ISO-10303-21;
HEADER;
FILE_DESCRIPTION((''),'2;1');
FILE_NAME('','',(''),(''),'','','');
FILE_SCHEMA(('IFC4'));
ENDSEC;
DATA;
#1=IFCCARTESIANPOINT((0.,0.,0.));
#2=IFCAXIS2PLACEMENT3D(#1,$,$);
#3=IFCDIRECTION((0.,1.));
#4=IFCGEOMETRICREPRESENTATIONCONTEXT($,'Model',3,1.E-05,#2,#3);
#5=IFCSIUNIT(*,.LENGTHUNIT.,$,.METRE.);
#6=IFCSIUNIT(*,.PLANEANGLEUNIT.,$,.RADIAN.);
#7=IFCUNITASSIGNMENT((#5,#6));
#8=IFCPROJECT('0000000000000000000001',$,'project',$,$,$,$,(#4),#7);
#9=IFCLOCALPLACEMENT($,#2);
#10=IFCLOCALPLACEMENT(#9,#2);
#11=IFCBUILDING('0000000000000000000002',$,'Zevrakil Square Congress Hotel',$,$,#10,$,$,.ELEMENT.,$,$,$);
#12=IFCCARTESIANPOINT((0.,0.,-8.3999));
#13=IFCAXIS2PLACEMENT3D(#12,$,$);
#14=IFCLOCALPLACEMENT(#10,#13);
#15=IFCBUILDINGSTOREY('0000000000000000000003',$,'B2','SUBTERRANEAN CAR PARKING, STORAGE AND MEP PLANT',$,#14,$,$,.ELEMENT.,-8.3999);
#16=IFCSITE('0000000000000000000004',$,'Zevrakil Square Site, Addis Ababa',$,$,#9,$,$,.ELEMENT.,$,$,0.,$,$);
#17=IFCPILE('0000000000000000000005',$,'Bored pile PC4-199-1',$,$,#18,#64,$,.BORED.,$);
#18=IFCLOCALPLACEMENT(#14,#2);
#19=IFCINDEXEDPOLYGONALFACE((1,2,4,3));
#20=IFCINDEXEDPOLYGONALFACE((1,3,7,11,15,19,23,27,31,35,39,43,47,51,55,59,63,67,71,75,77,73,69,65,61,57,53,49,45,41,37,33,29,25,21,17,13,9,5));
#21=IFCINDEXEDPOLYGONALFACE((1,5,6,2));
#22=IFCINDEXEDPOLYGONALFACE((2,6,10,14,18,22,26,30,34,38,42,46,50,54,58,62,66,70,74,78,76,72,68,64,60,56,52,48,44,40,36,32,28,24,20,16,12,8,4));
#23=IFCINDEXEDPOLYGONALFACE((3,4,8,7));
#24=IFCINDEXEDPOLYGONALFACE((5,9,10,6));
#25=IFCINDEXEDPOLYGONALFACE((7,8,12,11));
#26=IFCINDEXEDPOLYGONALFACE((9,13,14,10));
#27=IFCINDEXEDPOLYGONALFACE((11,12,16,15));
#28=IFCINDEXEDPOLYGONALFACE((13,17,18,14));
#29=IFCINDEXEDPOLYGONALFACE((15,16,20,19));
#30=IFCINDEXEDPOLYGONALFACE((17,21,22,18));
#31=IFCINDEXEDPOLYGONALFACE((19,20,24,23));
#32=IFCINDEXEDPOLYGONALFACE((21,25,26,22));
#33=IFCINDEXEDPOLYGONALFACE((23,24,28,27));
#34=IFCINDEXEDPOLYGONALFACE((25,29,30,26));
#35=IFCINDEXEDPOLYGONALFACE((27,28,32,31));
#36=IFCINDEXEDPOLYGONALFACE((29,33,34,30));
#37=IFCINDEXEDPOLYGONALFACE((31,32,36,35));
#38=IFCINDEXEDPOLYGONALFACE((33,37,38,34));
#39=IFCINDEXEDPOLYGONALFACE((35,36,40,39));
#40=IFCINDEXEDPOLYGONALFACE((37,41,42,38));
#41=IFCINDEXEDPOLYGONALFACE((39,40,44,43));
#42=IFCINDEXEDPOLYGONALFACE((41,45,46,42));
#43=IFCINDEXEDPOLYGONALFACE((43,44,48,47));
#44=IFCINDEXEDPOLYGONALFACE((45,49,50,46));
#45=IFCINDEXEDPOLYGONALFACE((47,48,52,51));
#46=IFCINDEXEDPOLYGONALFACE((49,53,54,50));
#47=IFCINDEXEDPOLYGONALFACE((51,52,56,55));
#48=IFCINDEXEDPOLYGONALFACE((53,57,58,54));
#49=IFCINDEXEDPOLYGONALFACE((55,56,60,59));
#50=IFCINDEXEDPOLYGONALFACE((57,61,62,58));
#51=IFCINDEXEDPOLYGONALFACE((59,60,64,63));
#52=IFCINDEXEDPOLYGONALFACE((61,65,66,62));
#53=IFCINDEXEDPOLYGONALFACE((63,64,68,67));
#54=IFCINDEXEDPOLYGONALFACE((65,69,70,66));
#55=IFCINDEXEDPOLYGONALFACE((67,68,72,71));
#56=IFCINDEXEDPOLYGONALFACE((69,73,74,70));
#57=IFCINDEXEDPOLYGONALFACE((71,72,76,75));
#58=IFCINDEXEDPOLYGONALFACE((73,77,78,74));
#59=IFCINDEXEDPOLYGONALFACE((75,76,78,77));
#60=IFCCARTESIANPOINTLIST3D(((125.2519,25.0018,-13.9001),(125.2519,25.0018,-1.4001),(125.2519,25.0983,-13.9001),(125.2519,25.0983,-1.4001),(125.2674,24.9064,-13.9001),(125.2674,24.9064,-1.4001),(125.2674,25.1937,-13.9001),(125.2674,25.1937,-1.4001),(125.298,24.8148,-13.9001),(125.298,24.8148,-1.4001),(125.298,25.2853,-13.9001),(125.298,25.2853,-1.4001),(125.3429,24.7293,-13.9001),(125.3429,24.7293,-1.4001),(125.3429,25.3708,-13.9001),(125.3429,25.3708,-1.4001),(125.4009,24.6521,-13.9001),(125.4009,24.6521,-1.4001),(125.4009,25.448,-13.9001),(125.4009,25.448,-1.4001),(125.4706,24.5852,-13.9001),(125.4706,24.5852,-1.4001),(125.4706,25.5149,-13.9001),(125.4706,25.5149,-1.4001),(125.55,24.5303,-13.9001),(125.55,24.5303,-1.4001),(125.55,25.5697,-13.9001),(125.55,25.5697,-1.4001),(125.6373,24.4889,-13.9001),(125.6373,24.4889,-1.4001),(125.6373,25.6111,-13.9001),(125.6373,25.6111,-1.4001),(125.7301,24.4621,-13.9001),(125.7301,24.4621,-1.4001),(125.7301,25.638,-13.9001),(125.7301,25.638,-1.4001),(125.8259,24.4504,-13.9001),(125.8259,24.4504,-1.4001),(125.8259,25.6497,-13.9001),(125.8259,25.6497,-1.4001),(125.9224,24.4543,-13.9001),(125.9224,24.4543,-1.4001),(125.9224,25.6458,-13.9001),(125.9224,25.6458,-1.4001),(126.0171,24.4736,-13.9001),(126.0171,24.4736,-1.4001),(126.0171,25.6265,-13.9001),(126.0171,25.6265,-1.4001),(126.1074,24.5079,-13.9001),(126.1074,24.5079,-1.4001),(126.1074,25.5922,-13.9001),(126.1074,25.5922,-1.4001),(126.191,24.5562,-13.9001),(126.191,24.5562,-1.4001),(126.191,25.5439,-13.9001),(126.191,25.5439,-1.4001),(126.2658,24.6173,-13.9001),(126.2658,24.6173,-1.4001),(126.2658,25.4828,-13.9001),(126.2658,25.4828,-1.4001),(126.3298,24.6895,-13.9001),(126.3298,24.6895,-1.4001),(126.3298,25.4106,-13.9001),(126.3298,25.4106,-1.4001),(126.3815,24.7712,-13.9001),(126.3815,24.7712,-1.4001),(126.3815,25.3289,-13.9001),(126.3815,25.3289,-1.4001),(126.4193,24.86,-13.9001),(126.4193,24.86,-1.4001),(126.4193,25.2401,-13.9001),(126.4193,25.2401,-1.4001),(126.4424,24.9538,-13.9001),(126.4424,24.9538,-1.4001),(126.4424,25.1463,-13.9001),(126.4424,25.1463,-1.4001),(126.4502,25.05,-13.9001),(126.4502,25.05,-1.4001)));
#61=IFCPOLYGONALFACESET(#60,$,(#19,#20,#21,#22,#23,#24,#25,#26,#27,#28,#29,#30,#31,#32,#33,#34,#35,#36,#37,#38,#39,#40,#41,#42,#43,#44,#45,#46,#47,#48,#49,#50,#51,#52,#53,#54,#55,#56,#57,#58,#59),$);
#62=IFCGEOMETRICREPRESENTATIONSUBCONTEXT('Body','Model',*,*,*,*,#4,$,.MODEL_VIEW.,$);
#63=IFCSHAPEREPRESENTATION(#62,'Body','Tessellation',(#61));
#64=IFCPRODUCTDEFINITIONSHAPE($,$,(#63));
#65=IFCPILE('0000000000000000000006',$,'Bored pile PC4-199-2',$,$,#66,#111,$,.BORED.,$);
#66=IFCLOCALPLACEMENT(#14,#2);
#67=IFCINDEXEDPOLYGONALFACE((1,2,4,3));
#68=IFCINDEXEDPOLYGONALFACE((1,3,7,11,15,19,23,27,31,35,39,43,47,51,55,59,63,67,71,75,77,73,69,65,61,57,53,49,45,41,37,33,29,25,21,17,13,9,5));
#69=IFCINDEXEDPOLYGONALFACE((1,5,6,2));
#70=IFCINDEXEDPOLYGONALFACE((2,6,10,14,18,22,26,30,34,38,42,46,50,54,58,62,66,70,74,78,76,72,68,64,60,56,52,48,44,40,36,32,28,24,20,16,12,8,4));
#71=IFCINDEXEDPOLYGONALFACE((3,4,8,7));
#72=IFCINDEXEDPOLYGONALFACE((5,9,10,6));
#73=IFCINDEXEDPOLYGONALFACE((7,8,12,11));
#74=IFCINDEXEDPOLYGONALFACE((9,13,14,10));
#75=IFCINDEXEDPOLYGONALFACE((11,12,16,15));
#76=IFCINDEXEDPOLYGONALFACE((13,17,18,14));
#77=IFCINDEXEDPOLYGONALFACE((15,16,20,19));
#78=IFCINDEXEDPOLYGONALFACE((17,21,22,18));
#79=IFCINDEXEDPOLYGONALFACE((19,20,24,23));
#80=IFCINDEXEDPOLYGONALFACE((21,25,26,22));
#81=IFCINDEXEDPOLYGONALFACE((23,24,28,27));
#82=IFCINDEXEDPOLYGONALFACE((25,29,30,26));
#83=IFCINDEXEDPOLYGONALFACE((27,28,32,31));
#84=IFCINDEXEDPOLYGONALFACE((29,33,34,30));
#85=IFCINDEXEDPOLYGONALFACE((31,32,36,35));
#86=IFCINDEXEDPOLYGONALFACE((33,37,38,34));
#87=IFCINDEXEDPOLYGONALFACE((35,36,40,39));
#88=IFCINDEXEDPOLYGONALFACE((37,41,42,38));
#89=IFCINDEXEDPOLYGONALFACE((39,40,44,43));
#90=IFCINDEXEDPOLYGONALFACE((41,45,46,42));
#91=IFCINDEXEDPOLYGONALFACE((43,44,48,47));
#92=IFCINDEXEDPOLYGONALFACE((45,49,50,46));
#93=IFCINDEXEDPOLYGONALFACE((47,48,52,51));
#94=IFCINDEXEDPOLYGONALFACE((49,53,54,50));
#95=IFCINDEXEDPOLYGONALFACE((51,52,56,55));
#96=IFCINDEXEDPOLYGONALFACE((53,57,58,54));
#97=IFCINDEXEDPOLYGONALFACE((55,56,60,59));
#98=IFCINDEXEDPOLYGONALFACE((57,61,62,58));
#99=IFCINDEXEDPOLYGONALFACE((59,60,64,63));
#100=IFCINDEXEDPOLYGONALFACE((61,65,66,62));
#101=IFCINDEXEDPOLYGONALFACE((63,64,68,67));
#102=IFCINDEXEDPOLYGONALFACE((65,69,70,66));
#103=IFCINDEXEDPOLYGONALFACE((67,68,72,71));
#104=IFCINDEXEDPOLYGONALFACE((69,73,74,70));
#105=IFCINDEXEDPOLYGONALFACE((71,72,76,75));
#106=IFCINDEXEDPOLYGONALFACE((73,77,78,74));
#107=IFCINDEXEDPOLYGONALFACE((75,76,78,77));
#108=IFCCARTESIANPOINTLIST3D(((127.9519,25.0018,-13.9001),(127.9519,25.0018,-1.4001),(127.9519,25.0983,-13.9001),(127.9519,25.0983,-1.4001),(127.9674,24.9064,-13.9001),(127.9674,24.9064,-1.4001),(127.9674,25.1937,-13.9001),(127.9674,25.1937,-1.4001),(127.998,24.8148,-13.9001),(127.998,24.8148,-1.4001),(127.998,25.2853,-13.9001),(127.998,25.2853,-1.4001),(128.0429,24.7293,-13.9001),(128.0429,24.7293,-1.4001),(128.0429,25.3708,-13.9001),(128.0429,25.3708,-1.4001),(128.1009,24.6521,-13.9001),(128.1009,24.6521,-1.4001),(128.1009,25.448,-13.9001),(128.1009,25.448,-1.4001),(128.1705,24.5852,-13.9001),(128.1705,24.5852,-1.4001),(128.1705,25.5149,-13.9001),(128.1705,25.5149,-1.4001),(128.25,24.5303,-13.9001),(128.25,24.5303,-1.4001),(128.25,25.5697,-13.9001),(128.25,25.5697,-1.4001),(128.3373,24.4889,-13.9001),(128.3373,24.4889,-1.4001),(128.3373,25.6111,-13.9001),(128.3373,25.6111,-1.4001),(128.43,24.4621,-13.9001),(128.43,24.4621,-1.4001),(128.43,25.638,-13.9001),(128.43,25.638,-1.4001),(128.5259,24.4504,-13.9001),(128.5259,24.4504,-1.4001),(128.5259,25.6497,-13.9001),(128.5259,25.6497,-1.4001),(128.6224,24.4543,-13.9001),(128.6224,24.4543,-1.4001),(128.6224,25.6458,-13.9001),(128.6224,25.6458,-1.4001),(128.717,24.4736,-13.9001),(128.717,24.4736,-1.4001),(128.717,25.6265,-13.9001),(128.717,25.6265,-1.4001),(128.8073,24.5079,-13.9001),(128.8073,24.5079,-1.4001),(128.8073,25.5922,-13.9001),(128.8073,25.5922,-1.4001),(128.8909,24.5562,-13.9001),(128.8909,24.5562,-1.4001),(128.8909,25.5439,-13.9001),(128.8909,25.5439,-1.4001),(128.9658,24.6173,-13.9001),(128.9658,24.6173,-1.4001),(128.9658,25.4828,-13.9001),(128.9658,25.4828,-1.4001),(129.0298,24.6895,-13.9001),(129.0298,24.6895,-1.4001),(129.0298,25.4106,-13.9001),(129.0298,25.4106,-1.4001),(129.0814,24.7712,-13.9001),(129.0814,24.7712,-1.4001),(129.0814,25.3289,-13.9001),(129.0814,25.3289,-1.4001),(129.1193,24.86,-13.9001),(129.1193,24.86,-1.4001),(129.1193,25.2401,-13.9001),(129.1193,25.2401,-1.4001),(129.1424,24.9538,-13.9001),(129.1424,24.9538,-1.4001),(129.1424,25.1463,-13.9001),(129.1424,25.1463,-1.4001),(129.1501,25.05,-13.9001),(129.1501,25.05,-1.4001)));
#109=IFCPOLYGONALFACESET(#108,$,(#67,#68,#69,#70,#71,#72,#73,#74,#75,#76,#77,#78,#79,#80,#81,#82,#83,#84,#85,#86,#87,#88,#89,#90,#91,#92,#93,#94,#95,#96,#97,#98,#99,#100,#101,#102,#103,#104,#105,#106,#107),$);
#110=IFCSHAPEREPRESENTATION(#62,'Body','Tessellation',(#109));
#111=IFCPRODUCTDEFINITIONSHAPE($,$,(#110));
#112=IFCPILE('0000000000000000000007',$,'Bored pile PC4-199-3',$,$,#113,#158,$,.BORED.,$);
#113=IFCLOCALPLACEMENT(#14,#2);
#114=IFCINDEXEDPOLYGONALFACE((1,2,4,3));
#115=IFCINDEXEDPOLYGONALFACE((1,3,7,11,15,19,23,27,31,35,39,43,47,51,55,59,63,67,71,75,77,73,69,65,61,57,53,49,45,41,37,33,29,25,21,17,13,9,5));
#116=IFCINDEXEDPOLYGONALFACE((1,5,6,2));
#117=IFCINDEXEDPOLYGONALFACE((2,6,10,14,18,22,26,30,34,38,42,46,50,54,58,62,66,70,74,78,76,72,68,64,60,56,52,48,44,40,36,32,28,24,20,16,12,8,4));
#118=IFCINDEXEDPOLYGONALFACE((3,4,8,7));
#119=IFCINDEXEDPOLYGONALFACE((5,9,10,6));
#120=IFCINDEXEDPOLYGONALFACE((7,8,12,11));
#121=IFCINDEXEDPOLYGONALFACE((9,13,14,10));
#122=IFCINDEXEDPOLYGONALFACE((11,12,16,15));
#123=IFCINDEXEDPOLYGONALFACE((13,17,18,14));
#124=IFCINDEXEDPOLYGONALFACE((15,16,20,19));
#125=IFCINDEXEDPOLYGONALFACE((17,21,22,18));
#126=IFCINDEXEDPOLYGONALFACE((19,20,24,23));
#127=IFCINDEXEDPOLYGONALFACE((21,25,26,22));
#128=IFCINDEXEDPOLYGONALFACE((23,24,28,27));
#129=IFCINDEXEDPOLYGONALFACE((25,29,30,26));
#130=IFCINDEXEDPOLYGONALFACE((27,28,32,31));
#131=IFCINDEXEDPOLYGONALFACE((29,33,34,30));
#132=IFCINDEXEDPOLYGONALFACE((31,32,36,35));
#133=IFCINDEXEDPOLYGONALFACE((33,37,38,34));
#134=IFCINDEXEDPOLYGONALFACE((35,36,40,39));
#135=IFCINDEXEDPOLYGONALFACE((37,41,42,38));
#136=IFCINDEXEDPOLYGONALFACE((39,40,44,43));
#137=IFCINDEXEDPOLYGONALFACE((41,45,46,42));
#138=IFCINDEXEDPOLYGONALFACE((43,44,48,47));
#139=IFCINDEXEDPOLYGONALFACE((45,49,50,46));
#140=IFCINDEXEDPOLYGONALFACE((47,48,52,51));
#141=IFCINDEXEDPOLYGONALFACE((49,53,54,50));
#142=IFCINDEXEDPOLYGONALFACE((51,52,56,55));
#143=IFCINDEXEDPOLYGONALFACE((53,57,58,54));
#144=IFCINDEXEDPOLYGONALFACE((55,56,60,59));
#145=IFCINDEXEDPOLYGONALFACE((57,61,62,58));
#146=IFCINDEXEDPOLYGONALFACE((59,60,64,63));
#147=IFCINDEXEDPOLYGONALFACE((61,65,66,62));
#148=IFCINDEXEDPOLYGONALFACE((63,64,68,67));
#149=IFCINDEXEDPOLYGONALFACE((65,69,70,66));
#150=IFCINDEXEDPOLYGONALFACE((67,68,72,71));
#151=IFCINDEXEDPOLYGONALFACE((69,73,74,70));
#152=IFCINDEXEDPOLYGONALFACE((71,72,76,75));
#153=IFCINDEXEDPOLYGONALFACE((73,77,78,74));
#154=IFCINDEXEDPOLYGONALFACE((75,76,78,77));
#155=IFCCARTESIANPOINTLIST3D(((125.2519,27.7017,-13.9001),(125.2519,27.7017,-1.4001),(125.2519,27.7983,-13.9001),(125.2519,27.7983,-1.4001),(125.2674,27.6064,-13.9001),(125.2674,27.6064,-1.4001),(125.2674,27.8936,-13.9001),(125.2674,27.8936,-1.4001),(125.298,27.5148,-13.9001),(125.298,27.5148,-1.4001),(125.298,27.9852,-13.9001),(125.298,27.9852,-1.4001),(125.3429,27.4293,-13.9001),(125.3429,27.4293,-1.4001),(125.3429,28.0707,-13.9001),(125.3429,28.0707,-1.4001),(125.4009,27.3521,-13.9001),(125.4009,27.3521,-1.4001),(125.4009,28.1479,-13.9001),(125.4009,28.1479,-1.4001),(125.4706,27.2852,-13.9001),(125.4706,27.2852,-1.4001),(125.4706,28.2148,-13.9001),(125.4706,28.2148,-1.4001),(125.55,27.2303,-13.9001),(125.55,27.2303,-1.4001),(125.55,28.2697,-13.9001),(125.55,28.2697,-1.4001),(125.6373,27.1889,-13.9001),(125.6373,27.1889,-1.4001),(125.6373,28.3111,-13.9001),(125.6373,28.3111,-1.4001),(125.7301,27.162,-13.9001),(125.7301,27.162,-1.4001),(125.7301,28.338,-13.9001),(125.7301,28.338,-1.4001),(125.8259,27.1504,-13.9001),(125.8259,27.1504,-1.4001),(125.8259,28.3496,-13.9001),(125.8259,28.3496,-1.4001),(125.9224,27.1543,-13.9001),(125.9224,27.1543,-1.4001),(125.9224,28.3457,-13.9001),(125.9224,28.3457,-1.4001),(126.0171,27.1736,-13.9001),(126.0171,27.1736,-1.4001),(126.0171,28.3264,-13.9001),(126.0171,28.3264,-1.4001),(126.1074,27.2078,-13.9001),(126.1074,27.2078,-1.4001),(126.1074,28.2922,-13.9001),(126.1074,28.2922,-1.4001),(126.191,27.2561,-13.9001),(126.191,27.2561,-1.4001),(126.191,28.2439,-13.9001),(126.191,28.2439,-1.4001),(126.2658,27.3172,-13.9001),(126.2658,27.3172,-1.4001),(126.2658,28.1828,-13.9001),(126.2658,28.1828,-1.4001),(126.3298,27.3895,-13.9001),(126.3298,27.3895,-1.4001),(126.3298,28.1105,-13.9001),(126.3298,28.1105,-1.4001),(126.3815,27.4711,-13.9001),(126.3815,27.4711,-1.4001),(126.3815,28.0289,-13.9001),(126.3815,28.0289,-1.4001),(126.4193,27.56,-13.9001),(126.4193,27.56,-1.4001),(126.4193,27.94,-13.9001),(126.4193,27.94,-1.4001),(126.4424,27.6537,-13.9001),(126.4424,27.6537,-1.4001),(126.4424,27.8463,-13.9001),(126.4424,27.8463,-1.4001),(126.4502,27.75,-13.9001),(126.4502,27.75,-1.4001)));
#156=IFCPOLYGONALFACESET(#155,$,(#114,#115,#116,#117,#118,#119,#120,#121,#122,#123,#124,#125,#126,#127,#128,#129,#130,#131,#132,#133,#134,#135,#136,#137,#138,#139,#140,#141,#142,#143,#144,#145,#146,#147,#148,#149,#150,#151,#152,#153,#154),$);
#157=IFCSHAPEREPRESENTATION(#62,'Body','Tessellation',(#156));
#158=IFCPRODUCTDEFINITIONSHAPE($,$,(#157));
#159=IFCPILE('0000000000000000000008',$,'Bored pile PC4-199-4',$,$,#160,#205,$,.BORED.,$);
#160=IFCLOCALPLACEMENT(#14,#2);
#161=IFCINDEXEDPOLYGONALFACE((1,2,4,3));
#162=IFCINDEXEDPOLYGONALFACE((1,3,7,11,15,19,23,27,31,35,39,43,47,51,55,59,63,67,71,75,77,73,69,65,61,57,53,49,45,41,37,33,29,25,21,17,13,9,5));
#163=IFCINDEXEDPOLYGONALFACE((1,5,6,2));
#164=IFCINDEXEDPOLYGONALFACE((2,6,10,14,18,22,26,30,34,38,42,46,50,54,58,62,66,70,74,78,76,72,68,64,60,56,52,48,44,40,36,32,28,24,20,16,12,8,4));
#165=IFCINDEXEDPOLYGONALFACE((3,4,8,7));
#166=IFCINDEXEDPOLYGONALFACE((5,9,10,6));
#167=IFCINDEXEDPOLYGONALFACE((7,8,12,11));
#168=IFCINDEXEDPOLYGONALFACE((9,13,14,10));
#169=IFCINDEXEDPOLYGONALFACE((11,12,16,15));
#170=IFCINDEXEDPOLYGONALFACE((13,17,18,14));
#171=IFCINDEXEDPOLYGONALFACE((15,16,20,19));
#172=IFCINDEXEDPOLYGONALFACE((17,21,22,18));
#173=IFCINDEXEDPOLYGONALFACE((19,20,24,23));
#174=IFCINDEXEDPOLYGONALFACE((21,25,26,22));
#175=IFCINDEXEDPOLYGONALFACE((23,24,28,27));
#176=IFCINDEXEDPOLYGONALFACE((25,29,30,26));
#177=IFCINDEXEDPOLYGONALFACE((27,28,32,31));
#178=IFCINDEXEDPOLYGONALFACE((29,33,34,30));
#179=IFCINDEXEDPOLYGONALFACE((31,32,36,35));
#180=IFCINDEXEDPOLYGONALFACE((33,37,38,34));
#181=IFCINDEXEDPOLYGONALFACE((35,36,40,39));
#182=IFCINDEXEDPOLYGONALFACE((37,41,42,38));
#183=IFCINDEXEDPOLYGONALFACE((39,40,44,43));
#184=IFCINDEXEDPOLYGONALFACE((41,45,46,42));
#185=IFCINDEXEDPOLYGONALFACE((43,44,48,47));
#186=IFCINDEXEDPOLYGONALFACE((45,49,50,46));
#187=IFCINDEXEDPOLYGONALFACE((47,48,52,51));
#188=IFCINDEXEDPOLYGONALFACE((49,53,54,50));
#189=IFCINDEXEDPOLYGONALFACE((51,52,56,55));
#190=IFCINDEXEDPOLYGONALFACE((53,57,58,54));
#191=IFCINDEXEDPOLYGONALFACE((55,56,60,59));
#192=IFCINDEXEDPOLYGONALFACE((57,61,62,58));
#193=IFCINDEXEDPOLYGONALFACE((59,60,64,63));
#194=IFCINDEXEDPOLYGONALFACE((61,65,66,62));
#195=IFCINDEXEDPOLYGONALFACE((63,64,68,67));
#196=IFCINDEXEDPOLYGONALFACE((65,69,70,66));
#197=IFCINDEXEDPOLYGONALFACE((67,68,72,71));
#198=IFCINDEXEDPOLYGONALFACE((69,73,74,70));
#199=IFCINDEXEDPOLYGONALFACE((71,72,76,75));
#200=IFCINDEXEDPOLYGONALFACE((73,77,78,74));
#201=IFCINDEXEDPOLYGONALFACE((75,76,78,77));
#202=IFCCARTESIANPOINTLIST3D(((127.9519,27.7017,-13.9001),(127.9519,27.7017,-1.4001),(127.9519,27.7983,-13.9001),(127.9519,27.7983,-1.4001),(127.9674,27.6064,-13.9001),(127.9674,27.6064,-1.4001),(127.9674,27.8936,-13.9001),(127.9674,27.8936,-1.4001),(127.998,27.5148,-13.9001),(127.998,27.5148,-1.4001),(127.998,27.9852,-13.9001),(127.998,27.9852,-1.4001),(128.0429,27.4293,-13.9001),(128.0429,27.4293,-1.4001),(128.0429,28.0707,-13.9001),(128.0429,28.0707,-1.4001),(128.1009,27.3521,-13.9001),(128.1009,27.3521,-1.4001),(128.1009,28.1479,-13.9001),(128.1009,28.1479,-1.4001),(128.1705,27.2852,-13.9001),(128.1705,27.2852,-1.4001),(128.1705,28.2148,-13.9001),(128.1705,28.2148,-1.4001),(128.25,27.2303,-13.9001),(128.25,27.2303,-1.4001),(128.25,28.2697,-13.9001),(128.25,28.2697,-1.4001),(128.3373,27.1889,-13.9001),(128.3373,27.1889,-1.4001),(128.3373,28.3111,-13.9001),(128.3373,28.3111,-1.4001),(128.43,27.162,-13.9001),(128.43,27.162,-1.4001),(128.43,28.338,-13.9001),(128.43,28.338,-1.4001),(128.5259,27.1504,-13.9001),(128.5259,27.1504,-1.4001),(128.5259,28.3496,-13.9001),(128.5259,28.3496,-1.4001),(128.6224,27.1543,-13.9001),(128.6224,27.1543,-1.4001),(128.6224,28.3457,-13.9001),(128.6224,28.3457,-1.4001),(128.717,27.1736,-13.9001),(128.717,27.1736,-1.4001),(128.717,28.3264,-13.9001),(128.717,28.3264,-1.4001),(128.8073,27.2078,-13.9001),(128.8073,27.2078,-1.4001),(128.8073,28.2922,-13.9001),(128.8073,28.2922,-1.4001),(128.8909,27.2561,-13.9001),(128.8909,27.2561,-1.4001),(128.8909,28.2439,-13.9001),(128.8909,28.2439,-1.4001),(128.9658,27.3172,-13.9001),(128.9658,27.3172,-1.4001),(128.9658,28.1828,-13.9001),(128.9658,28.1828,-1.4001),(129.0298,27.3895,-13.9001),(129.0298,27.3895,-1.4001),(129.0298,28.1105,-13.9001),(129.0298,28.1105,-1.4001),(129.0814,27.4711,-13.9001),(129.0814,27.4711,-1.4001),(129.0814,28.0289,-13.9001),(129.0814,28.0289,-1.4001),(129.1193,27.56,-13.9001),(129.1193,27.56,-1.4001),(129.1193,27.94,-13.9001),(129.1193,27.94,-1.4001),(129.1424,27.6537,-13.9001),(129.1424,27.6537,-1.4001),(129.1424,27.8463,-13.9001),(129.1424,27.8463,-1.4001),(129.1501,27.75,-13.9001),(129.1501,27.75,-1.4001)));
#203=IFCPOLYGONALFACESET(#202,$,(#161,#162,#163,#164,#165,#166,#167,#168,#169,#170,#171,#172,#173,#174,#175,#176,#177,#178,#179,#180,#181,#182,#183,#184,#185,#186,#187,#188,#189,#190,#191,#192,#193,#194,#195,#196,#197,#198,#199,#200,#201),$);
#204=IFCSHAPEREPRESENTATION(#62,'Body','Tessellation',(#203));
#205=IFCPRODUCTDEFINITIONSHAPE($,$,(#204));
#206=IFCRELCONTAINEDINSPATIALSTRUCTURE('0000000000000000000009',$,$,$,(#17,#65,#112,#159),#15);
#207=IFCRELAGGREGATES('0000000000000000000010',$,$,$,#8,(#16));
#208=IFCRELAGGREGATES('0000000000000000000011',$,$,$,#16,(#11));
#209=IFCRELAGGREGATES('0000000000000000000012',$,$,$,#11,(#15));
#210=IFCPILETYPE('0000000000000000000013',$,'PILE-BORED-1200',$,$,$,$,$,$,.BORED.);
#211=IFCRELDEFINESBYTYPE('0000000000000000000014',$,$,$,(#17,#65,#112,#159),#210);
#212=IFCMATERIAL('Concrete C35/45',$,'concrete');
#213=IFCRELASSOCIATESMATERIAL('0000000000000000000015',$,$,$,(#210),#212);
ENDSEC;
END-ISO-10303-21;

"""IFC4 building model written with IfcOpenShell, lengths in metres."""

from ifc_helpers import new_model, si_unit, direction, frame, origin, origin_2d, place, context, subcontext, project, spatial, circle, extrude, material, material_profile, profile_set, type_object, element, save


model = new_model("IFC4")

# Units and contexts
model_context = context("Model", 3, precision=1e-05, world=origin(), true_north=direction((0.0, 1.0)))
body_context = subcontext(model_context, "Body", "Model", "MODEL_VIEW")
ifc_project = project(units=[si_unit("LENGTHUNIT", "METRE"), si_unit("PLANEANGLEUNIT", "RADIAN")], contexts=[model_context])

# Site, building, storey
site_placement = place(None, origin())
site = spatial("IfcSite", under=ifc_project, at=site_placement, Name="Zevrakil Square Site, Addis Ababa", CompositionType="ELEMENT", RefElevation=0.0)
building_placement = place(site_placement, origin())
building = spatial("IfcBuilding", under=site, at=building_placement, Name="Zevrakil Square Congress Hotel", CompositionType="ELEMENT")
storey_placement = place(building_placement, frame((0.0, 0.0, -8.3999)))
storey = spatial("IfcBuildingStorey", under=building, at=storey_placement, Name="B2", Description="SUBTERRANEAN CAR PARKING, STORAGE AND MEP PLANT", CompositionType="ELEMENT", Elevation=-8.3999)

# Piles
ifc_material_1 = material(Name="Concrete C35/45", Category="concrete")
ifc_material_profile_1 = material_profile(ifc_material_1, circle(Radius=0.6001, at=origin_2d()), Name="PILE D1200")
ifc_profile_set_1 = profile_set([ifc_material_profile_1], Name="Concrete C35/45")
pile_type_1 = type_object("IfcPileType", Name="PILE-BORED-1200", PredefinedType="BORED", material=ifc_profile_set_1)
for number, where, z_axis, x_axis, name in (
    (1, (125.8501, 25.05, -1.4001), (0.0, 0.0, -1.0), (1.0, 0.0, 0.0), "Bored pile PC4-199-1"),
    (2, (128.55, 25.05, -1.4001), (0.0, 0.0, -1.0), (1.0, 0.0, 0.0), "Bored pile PC4-199-2"),
    (3, (125.8501, 27.75, -1.4001), (0.0, 0.0, -1.0), (1.0, 0.0, 0.0), "Bored pile PC4-199-3"),
    (4, (128.55, 27.75, -1.4001), (0.0, 0.0, -1.0), (1.0, 0.0, 0.0), "Bored pile PC4-199-4"),
):
    element("IfcPile", number, at=place(storey_placement, frame(where, z_axis=z_axis, x_axis=x_axis)), inside=storey, type_object=pile_type_1, Name=name, PredefinedType="BORED", context=body_context, shape_type="SweptSolid", body=[
        extrude(circle(Radius=0.6001, at=origin_2d()), origin(), (0.0, 0.0, 1.0), 12.5),
    ])

save(model, "model.ifc")
